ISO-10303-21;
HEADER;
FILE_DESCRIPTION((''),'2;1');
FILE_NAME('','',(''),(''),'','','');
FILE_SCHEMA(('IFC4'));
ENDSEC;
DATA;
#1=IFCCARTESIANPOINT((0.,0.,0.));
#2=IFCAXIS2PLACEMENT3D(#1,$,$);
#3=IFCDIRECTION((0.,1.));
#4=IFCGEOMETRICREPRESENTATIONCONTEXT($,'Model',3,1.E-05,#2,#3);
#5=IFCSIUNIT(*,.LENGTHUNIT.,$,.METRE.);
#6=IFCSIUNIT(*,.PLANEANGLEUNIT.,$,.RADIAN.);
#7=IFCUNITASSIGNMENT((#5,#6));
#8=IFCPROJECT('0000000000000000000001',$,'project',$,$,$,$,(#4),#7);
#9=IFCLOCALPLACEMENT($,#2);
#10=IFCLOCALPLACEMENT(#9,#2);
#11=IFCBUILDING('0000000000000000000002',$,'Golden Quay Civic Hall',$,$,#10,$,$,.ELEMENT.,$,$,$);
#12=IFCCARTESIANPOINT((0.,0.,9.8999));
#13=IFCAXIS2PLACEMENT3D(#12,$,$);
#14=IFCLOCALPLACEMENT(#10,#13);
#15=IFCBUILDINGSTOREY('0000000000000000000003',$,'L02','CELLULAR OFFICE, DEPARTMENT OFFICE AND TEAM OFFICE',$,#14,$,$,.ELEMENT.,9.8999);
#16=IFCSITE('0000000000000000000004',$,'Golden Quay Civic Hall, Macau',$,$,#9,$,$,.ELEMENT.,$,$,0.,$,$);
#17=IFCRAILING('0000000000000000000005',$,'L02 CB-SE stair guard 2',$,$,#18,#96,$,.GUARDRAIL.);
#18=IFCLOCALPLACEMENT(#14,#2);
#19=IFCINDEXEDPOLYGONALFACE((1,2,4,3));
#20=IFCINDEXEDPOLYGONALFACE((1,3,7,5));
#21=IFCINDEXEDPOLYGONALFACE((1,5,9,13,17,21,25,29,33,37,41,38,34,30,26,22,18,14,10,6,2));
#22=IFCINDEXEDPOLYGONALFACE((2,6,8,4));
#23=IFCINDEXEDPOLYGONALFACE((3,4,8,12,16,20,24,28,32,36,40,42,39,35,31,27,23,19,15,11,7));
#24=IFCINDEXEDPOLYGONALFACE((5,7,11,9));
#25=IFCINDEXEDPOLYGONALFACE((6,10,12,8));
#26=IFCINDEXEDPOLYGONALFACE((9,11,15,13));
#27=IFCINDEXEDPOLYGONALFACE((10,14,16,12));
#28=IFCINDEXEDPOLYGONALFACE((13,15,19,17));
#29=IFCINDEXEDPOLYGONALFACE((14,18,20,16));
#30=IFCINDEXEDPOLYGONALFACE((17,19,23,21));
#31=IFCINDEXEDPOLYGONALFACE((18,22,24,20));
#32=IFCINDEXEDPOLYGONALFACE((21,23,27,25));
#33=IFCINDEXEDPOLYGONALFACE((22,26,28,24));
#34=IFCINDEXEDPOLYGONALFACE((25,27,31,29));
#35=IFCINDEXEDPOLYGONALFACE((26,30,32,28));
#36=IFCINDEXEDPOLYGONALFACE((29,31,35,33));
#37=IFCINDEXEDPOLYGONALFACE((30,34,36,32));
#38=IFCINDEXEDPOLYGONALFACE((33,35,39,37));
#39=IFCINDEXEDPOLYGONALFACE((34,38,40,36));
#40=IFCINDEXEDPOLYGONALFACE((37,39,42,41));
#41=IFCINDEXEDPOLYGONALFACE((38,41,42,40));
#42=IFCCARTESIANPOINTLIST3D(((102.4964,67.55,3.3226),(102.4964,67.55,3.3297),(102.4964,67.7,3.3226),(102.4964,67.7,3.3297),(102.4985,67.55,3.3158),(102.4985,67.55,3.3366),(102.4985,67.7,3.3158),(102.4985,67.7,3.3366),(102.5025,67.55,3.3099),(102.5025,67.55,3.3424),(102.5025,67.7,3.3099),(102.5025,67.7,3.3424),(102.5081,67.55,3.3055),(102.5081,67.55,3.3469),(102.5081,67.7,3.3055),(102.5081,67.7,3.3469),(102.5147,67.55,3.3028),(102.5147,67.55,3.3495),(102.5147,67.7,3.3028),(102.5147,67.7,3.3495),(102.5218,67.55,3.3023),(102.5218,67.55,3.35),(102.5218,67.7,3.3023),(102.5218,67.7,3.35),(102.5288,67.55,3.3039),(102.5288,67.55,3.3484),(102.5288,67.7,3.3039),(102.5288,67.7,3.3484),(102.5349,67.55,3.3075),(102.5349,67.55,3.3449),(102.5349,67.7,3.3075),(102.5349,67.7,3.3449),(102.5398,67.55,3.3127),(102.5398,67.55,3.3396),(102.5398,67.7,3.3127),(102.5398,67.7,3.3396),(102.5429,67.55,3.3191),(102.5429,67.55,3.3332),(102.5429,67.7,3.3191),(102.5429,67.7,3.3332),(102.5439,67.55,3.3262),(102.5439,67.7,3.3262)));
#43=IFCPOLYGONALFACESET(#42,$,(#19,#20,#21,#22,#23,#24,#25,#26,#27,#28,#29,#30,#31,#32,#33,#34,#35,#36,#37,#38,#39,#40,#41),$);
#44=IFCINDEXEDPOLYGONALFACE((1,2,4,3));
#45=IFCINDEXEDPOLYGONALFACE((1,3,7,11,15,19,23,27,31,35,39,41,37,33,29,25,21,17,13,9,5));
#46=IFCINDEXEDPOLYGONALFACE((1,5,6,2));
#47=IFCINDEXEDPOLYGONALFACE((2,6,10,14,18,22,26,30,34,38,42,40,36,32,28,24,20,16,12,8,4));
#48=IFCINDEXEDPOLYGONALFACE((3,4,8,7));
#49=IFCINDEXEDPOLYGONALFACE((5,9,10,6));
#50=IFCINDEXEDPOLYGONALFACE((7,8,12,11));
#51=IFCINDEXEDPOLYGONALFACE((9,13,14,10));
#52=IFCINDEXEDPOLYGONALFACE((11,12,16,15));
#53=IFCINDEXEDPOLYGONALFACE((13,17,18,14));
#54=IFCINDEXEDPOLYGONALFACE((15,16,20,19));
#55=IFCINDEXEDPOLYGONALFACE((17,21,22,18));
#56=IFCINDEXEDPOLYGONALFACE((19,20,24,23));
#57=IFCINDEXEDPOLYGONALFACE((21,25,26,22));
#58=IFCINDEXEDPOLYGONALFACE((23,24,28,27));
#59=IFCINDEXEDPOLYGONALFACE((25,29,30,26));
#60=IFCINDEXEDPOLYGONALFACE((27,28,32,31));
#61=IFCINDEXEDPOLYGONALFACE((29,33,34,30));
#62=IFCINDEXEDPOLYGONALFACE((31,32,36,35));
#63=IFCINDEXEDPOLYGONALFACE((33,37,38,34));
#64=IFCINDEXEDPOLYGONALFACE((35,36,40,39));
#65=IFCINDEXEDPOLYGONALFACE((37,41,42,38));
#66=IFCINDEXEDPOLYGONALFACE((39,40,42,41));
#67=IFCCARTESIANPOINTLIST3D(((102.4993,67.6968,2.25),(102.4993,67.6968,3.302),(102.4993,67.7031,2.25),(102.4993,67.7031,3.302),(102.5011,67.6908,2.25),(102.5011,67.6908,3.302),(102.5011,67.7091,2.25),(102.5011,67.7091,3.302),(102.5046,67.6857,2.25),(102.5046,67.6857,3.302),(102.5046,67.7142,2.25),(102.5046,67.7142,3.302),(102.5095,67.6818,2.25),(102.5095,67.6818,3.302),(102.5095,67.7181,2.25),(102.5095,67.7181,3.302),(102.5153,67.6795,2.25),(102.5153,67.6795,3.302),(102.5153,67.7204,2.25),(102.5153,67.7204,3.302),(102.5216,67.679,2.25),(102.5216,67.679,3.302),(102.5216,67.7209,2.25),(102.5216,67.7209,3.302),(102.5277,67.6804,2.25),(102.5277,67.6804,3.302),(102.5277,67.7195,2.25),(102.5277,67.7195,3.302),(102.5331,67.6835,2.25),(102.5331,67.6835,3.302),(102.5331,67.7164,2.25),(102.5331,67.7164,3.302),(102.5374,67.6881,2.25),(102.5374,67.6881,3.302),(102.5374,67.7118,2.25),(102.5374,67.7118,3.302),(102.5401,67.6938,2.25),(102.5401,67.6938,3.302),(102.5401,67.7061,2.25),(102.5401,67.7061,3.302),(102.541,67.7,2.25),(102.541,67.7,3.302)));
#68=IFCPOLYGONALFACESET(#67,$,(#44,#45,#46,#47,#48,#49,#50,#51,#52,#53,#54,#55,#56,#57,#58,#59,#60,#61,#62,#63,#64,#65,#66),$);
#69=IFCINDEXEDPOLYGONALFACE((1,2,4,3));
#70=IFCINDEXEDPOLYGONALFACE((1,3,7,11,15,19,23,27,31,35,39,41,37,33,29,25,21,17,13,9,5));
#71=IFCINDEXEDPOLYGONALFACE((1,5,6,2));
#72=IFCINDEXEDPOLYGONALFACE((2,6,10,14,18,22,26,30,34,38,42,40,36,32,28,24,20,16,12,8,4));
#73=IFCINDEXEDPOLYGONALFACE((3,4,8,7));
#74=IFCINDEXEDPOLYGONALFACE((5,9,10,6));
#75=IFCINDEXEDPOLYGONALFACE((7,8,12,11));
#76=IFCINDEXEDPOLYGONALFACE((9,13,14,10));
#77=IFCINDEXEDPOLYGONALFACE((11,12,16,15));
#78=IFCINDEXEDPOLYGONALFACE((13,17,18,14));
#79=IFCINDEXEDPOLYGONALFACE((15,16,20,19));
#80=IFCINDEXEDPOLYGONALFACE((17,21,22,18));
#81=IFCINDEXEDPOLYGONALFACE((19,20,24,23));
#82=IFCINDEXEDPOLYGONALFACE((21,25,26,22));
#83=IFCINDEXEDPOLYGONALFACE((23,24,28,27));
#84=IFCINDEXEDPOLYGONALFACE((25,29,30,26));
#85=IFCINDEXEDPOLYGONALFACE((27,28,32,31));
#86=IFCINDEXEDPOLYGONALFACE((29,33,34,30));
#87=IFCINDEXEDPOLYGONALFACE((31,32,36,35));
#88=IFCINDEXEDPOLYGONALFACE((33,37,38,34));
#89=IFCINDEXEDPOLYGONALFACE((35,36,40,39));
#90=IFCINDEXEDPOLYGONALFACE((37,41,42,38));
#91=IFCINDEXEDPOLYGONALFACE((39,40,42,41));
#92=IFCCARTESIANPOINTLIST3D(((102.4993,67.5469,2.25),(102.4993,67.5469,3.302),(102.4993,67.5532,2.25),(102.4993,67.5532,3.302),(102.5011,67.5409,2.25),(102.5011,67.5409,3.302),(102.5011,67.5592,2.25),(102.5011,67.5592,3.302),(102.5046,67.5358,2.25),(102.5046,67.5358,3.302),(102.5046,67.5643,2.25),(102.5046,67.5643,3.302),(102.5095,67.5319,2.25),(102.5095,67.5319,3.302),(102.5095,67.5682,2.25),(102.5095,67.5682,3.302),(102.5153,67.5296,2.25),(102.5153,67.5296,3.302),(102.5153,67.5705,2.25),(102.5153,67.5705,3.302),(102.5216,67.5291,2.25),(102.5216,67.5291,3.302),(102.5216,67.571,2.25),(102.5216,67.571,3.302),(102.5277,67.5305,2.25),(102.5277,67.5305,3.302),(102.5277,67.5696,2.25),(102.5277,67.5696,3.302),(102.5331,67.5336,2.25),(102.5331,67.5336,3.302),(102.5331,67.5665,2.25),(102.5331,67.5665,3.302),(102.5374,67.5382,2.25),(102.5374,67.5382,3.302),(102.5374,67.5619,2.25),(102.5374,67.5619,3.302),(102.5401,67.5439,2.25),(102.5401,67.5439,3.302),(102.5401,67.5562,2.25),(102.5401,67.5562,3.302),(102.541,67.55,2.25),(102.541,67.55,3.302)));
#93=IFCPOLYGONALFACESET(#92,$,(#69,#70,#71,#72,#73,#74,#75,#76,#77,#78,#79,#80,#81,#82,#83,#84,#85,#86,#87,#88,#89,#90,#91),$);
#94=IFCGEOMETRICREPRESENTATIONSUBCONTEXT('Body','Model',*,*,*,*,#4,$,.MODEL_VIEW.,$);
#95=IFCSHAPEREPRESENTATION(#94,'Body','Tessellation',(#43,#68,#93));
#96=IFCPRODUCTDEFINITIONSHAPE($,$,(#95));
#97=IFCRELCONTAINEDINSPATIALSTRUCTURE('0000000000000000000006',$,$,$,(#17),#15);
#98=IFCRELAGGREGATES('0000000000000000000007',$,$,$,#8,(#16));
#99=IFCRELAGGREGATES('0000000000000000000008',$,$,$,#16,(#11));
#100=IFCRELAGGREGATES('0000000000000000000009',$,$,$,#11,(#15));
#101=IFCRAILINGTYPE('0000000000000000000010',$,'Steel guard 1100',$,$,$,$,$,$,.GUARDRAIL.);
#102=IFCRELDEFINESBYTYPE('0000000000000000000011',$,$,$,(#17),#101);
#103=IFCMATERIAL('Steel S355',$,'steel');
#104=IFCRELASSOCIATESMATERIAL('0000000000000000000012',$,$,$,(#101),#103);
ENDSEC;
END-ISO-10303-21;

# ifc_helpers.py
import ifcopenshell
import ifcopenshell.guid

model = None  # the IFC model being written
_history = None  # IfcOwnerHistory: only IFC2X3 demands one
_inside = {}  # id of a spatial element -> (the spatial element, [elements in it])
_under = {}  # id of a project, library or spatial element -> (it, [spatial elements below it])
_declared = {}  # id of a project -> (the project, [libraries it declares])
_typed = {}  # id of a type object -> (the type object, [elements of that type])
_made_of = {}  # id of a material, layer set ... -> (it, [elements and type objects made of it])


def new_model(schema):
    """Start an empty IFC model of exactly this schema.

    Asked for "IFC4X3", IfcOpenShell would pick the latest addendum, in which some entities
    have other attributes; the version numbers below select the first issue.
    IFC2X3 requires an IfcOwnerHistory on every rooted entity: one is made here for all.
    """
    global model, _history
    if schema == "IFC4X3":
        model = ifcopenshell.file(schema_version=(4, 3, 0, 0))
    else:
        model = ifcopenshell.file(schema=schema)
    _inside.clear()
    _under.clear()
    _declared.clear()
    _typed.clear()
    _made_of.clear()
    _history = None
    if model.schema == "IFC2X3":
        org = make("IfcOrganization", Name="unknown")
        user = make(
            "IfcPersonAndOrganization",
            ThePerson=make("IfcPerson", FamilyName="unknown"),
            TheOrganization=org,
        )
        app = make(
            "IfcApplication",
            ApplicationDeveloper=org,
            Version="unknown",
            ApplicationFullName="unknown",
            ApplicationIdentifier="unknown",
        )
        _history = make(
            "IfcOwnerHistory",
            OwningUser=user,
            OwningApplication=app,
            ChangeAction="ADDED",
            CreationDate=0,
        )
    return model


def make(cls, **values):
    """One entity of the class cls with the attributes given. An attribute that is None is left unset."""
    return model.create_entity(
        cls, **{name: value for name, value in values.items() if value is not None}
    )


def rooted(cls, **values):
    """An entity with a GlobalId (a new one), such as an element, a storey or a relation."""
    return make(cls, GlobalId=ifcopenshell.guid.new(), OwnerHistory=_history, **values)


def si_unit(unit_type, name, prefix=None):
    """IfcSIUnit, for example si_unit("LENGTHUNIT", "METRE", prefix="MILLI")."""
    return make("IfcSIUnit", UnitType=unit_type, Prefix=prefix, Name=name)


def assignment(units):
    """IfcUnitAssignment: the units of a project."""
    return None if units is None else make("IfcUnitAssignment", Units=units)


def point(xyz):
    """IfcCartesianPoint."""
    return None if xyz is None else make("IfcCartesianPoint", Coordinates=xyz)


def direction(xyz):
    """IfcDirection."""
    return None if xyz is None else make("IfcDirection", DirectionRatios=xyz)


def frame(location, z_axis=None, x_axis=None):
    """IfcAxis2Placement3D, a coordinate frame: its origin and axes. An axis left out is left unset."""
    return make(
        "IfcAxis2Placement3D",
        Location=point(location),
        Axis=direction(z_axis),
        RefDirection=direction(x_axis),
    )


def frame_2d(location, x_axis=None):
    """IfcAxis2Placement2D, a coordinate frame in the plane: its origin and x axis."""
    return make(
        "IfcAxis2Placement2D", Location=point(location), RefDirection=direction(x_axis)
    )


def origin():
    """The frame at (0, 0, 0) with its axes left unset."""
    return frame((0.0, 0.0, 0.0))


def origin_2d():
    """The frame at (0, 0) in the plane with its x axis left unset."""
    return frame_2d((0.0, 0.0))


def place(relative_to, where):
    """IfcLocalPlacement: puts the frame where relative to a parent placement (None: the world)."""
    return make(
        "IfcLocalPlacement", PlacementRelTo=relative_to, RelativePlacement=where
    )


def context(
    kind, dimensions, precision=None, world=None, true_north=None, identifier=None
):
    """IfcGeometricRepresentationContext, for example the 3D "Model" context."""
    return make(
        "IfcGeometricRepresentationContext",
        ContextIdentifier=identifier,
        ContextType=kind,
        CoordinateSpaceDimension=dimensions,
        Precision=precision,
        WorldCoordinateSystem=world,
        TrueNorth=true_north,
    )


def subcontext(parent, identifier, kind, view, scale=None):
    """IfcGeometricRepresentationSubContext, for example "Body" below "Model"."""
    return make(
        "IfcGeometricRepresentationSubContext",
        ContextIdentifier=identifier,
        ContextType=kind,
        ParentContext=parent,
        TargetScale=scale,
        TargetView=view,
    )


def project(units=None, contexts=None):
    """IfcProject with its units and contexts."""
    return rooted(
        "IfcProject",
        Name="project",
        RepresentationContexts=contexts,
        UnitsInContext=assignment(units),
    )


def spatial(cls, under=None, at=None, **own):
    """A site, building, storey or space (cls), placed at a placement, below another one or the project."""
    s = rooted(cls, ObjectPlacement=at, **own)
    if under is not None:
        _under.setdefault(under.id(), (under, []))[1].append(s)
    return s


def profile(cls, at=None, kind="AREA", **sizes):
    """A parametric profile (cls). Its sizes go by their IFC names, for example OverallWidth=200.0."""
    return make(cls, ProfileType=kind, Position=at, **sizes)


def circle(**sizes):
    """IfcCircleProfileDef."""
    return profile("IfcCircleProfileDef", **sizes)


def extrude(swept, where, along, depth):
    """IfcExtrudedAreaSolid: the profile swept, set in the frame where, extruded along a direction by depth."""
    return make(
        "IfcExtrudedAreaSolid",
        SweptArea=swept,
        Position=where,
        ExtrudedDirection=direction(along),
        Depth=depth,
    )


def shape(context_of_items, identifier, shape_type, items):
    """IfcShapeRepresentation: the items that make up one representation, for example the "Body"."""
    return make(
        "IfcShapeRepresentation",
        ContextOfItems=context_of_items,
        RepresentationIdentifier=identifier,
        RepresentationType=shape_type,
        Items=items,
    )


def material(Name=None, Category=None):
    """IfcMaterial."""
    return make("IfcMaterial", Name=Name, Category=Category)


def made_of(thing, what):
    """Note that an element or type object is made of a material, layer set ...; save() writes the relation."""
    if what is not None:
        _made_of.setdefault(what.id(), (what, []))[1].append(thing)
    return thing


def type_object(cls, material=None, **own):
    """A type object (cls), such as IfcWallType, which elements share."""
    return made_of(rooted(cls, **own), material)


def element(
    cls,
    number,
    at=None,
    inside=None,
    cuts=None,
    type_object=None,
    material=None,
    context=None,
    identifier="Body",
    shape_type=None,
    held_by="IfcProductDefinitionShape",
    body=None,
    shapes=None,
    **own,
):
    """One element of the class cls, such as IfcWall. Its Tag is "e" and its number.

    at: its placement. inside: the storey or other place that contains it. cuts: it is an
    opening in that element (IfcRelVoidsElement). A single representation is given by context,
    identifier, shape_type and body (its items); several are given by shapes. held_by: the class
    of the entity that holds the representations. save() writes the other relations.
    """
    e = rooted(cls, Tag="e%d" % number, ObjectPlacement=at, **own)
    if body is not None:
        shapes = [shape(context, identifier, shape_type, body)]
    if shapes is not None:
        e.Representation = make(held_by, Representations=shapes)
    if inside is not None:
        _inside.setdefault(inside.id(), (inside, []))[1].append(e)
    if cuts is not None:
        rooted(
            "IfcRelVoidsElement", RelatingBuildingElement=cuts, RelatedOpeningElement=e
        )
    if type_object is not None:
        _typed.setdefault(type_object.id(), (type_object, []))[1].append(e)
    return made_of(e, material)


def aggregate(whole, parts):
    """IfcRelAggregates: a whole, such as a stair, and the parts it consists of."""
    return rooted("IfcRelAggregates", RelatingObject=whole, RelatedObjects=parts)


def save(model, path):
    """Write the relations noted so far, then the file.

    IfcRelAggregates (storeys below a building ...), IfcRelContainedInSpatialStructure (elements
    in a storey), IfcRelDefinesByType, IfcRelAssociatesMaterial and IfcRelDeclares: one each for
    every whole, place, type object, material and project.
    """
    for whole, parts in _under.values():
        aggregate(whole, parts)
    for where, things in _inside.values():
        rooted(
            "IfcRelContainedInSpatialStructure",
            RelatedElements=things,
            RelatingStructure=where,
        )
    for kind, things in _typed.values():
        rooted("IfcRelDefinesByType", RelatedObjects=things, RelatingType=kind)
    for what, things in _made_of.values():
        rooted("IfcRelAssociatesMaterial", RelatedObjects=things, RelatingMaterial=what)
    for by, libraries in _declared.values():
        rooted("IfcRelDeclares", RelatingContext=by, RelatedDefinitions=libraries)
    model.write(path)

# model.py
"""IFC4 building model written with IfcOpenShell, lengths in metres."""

from ifc_helpers import new_model, si_unit, direction, frame, origin, origin_2d, place, context, subcontext, project, spatial, circle, extrude, material, type_object, element, save


model = new_model("IFC4")

# Units and contexts
model_context = context("Model", 3, precision=1e-05, world=origin(), true_north=direction((0.0, 1.0)))
body_context = subcontext(model_context, "Body", "Model", "MODEL_VIEW")
ifc_project = project(units=[si_unit("LENGTHUNIT", "METRE"), si_unit("PLANEANGLEUNIT", "RADIAN")], contexts=[model_context])

# Site, building, storey
site_placement = place(None, origin())
site = spatial("IfcSite", under=ifc_project, at=site_placement, Name="Golden Quay Civic Hall, Macau", CompositionType="ELEMENT", RefElevation=0.0)
building_placement = place(site_placement, origin())
building = spatial("IfcBuilding", under=site, at=building_placement, Name="Golden Quay Civic Hall", CompositionType="ELEMENT")
storey_placement = place(building_placement, frame((0.0, 0.0, 9.8999)))
storey = spatial("IfcBuildingStorey", under=building, at=storey_placement, Name="L02", Description="CELLULAR OFFICE, DEPARTMENT OFFICE AND TEAM OFFICE", CompositionType="ELEMENT", Elevation=9.8999)

# Railing
ifc_material_1 = material(Name="Steel S355", Category="steel")
railing_type_1 = type_object("IfcRailingType", Name="Steel guard 1100", PredefinedType="GUARDRAIL", material=ifc_material_1)
railing_1_placement = place(storey_placement, frame((102.52, 67.7, 2.25)))
element("IfcRailing", 1, at=railing_1_placement, inside=storey, type_object=railing_type_1, Name="L02 CB-SE stair guard 2", PredefinedType="GUARDRAIL", context=body_context, shape_type="SweptSolid", body=[
    extrude(circle(Radius=0.0239, at=origin_2d()), frame((0.0, 0.0, 1.0762), z_axis=(0.0, -1.0, 0.0), x_axis=(1.0, 0.0, 0.0)), (0.0, 0.0, 1.0), 0.1499),
    extrude(circle(Radius=0.021, at=origin_2d()), origin(), (0.0, 0.0, 1.0), 1.052),
    extrude(circle(Radius=0.021, at=origin_2d()), frame((0.0, -0.1499, 0.0)), (0.0, 0.0, 1.0), 1.052),
])

save(model, "model.ifc")
